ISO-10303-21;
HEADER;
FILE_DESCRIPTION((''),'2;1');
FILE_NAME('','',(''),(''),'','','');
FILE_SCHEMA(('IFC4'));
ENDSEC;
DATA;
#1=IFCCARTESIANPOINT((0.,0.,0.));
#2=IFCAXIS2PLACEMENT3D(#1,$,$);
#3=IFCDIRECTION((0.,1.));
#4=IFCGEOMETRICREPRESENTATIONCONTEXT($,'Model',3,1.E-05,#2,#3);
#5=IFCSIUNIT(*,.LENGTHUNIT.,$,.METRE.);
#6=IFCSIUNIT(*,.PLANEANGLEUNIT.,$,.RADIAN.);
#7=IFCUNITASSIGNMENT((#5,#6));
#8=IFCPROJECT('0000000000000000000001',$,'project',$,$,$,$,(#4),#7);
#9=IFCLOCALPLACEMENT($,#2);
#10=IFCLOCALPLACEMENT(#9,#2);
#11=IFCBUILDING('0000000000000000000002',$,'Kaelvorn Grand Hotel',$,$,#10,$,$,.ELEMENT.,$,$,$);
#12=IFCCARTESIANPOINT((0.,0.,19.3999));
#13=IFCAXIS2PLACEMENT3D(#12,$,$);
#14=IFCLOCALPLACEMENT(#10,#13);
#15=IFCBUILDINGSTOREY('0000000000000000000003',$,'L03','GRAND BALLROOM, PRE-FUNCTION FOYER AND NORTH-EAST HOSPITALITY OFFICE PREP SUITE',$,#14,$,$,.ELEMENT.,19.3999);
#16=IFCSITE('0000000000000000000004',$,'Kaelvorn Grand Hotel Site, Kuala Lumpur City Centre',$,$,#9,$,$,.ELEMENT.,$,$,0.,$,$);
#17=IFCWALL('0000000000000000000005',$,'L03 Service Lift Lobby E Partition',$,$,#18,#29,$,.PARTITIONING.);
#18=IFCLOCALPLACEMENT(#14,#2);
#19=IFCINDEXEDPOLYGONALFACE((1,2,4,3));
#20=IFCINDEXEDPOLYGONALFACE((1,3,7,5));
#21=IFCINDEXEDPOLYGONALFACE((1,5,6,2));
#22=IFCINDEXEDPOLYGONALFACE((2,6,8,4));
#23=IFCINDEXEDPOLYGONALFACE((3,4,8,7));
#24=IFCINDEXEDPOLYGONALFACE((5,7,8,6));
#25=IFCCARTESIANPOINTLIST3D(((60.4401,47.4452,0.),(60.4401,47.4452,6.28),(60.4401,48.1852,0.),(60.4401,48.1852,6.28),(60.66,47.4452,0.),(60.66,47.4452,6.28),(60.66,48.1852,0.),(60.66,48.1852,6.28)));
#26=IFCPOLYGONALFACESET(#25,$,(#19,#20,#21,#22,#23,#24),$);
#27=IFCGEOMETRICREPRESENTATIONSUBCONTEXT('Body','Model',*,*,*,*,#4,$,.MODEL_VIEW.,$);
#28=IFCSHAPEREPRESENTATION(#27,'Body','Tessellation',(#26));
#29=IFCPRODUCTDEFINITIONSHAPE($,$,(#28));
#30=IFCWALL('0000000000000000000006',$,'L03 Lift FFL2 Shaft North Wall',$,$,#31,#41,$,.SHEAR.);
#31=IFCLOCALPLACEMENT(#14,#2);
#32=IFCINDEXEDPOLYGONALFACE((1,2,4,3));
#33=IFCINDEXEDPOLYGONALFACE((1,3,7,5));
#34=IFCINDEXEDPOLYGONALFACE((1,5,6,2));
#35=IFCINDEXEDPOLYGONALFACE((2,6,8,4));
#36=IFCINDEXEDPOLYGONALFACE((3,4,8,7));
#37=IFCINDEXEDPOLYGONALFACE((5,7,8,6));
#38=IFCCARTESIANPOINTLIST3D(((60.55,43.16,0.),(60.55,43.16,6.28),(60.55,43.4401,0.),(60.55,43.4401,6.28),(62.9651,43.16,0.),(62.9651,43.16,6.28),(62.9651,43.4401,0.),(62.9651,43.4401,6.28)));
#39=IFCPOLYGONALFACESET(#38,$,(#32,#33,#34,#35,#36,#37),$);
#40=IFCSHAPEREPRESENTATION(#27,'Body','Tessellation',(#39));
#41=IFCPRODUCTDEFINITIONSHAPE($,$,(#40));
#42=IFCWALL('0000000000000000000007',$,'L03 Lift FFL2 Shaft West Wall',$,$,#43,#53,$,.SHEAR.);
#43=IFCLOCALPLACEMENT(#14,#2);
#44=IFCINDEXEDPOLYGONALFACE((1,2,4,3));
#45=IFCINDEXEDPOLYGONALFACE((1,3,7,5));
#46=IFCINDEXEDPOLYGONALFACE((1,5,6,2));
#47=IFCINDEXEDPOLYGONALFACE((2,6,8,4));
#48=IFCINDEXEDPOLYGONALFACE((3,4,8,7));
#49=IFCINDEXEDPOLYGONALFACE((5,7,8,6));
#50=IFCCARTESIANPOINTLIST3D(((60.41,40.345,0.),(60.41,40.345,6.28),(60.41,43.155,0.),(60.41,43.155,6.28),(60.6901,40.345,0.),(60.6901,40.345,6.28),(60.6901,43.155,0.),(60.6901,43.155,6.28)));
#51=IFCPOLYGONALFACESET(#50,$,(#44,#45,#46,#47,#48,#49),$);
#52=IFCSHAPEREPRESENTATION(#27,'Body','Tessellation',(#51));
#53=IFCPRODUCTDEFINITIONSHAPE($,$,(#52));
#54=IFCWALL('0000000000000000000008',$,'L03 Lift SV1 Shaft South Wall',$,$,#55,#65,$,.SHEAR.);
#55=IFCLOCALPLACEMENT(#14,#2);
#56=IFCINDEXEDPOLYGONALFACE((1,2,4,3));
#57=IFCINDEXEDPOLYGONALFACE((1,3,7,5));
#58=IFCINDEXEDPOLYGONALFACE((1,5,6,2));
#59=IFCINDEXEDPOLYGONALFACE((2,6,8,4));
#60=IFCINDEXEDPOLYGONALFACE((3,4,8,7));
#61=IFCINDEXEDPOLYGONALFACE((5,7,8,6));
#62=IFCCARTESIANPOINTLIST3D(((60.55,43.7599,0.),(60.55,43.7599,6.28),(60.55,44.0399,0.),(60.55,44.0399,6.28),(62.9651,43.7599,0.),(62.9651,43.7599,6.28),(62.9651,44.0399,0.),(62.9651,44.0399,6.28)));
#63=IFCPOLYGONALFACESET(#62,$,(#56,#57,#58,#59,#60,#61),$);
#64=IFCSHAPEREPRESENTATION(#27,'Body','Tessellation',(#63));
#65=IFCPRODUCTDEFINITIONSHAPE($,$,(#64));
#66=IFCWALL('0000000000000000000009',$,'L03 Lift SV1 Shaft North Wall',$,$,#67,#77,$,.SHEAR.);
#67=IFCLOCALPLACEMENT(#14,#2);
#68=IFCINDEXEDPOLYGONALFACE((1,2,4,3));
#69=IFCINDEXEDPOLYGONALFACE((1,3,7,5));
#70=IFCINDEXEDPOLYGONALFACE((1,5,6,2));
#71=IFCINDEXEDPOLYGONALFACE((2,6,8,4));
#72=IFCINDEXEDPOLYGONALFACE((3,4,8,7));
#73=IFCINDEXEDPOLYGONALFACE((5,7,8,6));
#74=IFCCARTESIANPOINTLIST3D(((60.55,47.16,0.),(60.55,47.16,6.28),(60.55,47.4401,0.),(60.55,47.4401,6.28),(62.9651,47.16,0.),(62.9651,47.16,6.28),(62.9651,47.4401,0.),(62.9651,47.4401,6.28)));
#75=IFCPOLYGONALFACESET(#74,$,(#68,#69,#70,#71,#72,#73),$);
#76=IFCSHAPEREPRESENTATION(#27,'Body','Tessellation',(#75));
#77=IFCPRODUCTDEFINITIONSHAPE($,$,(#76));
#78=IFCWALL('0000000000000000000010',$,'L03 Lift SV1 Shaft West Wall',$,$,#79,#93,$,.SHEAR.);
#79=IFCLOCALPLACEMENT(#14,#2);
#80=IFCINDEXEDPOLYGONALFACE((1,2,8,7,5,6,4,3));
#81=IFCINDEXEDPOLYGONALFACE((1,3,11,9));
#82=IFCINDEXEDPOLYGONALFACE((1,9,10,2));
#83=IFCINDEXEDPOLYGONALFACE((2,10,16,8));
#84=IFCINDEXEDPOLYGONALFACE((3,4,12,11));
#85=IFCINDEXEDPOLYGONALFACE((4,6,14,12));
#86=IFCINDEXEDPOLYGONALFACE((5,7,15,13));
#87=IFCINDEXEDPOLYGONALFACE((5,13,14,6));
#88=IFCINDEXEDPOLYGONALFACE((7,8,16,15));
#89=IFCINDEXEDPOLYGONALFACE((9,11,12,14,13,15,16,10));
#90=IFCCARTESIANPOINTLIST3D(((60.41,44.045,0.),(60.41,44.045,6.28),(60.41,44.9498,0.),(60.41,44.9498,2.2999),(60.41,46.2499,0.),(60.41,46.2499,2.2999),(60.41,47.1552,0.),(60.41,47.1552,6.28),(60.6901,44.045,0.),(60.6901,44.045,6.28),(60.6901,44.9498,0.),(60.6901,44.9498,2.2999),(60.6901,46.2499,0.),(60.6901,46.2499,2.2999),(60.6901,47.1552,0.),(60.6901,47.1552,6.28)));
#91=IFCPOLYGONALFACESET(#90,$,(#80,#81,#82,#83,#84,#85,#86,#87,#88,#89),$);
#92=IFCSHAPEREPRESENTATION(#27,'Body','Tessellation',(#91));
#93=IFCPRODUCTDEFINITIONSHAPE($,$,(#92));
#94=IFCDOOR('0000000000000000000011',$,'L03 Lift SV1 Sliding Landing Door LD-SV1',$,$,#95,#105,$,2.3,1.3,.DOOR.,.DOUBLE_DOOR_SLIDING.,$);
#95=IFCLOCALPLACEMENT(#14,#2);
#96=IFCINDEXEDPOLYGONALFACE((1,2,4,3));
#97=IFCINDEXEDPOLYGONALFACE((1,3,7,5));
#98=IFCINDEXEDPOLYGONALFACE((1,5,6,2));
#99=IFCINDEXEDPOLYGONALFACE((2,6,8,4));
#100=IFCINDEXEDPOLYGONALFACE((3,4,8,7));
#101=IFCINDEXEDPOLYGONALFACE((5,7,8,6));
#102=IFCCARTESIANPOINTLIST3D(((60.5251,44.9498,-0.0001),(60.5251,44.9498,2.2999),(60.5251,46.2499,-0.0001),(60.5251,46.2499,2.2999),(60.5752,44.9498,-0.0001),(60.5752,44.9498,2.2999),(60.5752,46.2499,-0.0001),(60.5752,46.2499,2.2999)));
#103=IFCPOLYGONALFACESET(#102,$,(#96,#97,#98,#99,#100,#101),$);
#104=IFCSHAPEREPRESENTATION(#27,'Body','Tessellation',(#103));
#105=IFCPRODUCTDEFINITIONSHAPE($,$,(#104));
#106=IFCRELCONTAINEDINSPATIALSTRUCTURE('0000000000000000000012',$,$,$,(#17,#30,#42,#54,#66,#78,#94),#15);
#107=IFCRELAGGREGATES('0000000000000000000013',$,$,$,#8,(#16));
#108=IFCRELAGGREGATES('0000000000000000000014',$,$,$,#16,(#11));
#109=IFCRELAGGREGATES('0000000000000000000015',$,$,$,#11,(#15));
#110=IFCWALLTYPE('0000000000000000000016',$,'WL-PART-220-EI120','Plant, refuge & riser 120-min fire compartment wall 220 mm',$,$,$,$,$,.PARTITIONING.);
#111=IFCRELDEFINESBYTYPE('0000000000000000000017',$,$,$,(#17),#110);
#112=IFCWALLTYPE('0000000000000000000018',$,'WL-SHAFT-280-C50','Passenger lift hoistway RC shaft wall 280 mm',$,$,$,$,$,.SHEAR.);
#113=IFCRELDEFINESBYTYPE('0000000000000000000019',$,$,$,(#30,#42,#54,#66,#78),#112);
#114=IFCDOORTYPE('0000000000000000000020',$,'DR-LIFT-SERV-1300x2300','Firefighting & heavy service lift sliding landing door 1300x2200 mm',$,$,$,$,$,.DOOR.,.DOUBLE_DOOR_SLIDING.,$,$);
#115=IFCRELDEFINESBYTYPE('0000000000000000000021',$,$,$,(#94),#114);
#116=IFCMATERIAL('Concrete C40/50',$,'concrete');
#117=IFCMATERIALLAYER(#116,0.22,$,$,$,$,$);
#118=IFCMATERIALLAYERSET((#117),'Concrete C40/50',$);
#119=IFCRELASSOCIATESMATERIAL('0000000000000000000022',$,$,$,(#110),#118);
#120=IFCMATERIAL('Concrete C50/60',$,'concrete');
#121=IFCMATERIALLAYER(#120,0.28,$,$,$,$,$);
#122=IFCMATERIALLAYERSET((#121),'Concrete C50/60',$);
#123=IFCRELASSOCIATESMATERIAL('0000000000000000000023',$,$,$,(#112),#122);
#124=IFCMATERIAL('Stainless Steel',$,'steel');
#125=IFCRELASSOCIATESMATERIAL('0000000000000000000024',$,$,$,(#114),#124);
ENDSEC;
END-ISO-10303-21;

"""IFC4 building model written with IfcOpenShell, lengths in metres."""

from ifc_helpers import new_model, si_unit, direction, frame, frame_2d, origin, place, context, subcontext, project, spatial, rectangle, extrude, material, layer, layer_set, type_object, element, fill, save


model = new_model("IFC4")

# Units and contexts
model_context = context("Model", 3, precision=1e-05, world=origin(), true_north=direction((0.0, 1.0)))
body_context = subcontext(model_context, "Body", "Model", "MODEL_VIEW")
ifc_project = project(units=[si_unit("LENGTHUNIT", "METRE"), si_unit("PLANEANGLEUNIT", "RADIAN")], contexts=[model_context])

# Site, building, storey
site_placement = place(None, origin())
site = spatial("IfcSite", under=ifc_project, at=site_placement, Name="Kaelvorn Grand Hotel Site, Kuala Lumpur City Centre", CompositionType="ELEMENT", RefElevation=0.0)
building_placement = place(site_placement, origin())
building = spatial("IfcBuilding", under=site, at=building_placement, Name="Kaelvorn Grand Hotel", CompositionType="ELEMENT")
storey_placement = place(building_placement, frame((0.0, 0.0, 19.3999)))
storey = spatial("IfcBuildingStorey", under=building, at=storey_placement, Name="L03", Description="GRAND BALLROOM, PRE-FUNCTION FOYER AND NORTH-EAST HOSPITALITY OFFICE PREP SUITE", CompositionType="ELEMENT", Elevation=19.3999)

# Shared definitions
ifc_material_1 = material(Name="Concrete C50/60", Category="concrete")

# Shared definitions
ifc_material_2 = material(Name="Concrete C40/50", Category="concrete")
ifc_layer_1 = layer(ifc_material_2, 0.22)
ifc_layer_set_1 = layer_set([ifc_layer_1], Name="Concrete C40/50")
wall_type_1 = type_object("IfcWallType", Name="WL-PART-220-EI120", Description="Plant, refuge & riser 120-min fire compartment wall 220 mm", PredefinedType="PARTITIONING", material=ifc_layer_set_1)

# Walls
wall_1_placement = place(storey_placement, frame((60.55, 47.4451, 0.0), z_axis=(0.0, 0.0, 1.0), x_axis=(0.0, 1.0, 0.0)))
element("IfcWall", 1, at=wall_1_placement, inside=storey, type_object=wall_type_1, Name="L03 Service Lift Lobby E Partition", PredefinedType="PARTITIONING", context=body_context, shape_type="SweptSolid", body=[
    extrude(rectangle(XDim=0.74, YDim=0.22, at=frame_2d((0.3701, 0.0))), origin(), (0.0, 0.0, 1.0), 6.28),
])
ifc_layer_2 = layer(ifc_material_1, 0.28)
ifc_layer_set_2 = layer_set([ifc_layer_2], Name="Concrete C50/60")
wall_type_2 = type_object("IfcWallType", Name="WL-SHAFT-280-C50", Description="Passenger lift hoistway RC shaft wall 280 mm", PredefinedType="SHEAR", material=ifc_layer_set_2)
wall_2_placement = place(storey_placement, frame((60.55, 43.3, 0.0), z_axis=(0.0, 0.0, 1.0), x_axis=(1.0, 0.0, 0.0)))
element("IfcWall", 2, at=wall_2_placement, inside=storey, type_object=wall_type_2, Name="L03 Lift FFL2 Shaft North Wall", PredefinedType="SHEAR", context=body_context, shape_type="SweptSolid", body=[
    extrude(rectangle(XDim=2.415, YDim=0.28, at=frame_2d((1.2075, 0.0))), origin(), (0.0, 0.0, 1.0), 6.28),
])
wall_3_placement = place(storey_placement, frame((60.55, 40.345, 0.0), z_axis=(0.0, 0.0, 1.0), x_axis=(0.0, 1.0, 0.0)))
element("IfcWall", 3, at=wall_3_placement, inside=storey, type_object=wall_type_2, Name="L03 Lift FFL2 Shaft West Wall", PredefinedType="SHEAR", context=body_context, shape_type="SweptSolid", body=[
    extrude(rectangle(XDim=2.8101, YDim=0.28, at=frame_2d((1.405, 0.0))), origin(), (0.0, 0.0, 1.0), 6.28),
])
for number, where, z_axis, x_axis, name in (
    (4, (60.55, 43.8999, 0.0), (0.0, 0.0, 1.0), (1.0, 0.0, 0.0), "L03 Lift SV1 Shaft South Wall"),
    (5, (60.55, 47.3, 0.0), (0.0, 0.0, 1.0), (1.0, 0.0, 0.0), "L03 Lift SV1 Shaft North Wall"),
):
    element("IfcWall", number, at=place(storey_placement, frame(where, z_axis=z_axis, x_axis=x_axis)), inside=storey, type_object=wall_type_2, Name=name, PredefinedType="SHEAR", context=body_context, shape_type="SweptSolid", body=[
        extrude(rectangle(XDim=2.415, YDim=0.28, at=frame_2d((1.2075, 0.0))), origin(), (0.0, 0.0, 1.0), 6.28),
    ])

# Wall, opening, door
wall_4_placement = place(storey_placement, frame((60.55, 44.0449, 0.0), z_axis=(0.0, 0.0, 1.0), x_axis=(0.0, 1.0, 0.0)))
wall_4 = element("IfcWall", 6, at=wall_4_placement, inside=storey, type_object=wall_type_2, Name="L03 Lift SV1 Shaft West Wall", PredefinedType="SHEAR", context=body_context, shape_type="SweptSolid", body=[
    extrude(rectangle(XDim=3.1101, YDim=0.28, at=frame_2d((1.5552, 0.0))), origin(), (0.0, 0.0, 1.0), 6.28),
])
opening_1_placement = place(wall_4_placement, frame((0.905, 0.0, 0.0)))
opening_1 = element("IfcOpeningElement", 7, at=opening_1_placement, cuts=wall_4, PredefinedType="OPENING", context=body_context, shape_type="SweptSolid", body=[
    extrude(rectangle(XDim=1.3, YDim=2.3, at=frame_2d((0.6499, 1.1499))), frame((0.0, 0.1499, 0.0), z_axis=(0.0, -1.0, 0.0), x_axis=(1.0, 0.0, 0.0)), (0.0, 0.0, 1.0), 0.3),
])
ifc_material_3 = material(Name="Stainless Steel", Category="steel")
door_type_1 = type_object("IfcDoorType", Name="DR-LIFT-SERV-1300x2300", Description="Firefighting & heavy service lift sliding landing door 1300x2200 mm", OperationType="DOUBLE_DOOR_SLIDING", PredefinedType="DOOR", material=ifc_material_3)
door_1_placement = place(opening_1_placement, origin())
door_1 = element("IfcDoor", 8, at=door_1_placement, inside=storey, type_object=door_type_1, Name="L03 Lift SV1 Sliding Landing Door LD-SV1", OperationType="DOUBLE_DOOR_SLIDING", OverallHeight=2.3, OverallWidth=1.3, PredefinedType="DOOR", context=body_context, shape_type="SweptSolid", body=[
    extrude(rectangle(XDim=1.3, YDim=2.3, at=frame_2d((0.6499, 1.1499))), frame((0.0, 0.0249, 0.0), z_axis=(0.0, -1.0, 0.0), x_axis=(1.0, 0.0, 0.0)), (0.0, 0.0, 1.0), 0.05),
])
fill(opening_1, door_1)

save(model, "model.ifc")
